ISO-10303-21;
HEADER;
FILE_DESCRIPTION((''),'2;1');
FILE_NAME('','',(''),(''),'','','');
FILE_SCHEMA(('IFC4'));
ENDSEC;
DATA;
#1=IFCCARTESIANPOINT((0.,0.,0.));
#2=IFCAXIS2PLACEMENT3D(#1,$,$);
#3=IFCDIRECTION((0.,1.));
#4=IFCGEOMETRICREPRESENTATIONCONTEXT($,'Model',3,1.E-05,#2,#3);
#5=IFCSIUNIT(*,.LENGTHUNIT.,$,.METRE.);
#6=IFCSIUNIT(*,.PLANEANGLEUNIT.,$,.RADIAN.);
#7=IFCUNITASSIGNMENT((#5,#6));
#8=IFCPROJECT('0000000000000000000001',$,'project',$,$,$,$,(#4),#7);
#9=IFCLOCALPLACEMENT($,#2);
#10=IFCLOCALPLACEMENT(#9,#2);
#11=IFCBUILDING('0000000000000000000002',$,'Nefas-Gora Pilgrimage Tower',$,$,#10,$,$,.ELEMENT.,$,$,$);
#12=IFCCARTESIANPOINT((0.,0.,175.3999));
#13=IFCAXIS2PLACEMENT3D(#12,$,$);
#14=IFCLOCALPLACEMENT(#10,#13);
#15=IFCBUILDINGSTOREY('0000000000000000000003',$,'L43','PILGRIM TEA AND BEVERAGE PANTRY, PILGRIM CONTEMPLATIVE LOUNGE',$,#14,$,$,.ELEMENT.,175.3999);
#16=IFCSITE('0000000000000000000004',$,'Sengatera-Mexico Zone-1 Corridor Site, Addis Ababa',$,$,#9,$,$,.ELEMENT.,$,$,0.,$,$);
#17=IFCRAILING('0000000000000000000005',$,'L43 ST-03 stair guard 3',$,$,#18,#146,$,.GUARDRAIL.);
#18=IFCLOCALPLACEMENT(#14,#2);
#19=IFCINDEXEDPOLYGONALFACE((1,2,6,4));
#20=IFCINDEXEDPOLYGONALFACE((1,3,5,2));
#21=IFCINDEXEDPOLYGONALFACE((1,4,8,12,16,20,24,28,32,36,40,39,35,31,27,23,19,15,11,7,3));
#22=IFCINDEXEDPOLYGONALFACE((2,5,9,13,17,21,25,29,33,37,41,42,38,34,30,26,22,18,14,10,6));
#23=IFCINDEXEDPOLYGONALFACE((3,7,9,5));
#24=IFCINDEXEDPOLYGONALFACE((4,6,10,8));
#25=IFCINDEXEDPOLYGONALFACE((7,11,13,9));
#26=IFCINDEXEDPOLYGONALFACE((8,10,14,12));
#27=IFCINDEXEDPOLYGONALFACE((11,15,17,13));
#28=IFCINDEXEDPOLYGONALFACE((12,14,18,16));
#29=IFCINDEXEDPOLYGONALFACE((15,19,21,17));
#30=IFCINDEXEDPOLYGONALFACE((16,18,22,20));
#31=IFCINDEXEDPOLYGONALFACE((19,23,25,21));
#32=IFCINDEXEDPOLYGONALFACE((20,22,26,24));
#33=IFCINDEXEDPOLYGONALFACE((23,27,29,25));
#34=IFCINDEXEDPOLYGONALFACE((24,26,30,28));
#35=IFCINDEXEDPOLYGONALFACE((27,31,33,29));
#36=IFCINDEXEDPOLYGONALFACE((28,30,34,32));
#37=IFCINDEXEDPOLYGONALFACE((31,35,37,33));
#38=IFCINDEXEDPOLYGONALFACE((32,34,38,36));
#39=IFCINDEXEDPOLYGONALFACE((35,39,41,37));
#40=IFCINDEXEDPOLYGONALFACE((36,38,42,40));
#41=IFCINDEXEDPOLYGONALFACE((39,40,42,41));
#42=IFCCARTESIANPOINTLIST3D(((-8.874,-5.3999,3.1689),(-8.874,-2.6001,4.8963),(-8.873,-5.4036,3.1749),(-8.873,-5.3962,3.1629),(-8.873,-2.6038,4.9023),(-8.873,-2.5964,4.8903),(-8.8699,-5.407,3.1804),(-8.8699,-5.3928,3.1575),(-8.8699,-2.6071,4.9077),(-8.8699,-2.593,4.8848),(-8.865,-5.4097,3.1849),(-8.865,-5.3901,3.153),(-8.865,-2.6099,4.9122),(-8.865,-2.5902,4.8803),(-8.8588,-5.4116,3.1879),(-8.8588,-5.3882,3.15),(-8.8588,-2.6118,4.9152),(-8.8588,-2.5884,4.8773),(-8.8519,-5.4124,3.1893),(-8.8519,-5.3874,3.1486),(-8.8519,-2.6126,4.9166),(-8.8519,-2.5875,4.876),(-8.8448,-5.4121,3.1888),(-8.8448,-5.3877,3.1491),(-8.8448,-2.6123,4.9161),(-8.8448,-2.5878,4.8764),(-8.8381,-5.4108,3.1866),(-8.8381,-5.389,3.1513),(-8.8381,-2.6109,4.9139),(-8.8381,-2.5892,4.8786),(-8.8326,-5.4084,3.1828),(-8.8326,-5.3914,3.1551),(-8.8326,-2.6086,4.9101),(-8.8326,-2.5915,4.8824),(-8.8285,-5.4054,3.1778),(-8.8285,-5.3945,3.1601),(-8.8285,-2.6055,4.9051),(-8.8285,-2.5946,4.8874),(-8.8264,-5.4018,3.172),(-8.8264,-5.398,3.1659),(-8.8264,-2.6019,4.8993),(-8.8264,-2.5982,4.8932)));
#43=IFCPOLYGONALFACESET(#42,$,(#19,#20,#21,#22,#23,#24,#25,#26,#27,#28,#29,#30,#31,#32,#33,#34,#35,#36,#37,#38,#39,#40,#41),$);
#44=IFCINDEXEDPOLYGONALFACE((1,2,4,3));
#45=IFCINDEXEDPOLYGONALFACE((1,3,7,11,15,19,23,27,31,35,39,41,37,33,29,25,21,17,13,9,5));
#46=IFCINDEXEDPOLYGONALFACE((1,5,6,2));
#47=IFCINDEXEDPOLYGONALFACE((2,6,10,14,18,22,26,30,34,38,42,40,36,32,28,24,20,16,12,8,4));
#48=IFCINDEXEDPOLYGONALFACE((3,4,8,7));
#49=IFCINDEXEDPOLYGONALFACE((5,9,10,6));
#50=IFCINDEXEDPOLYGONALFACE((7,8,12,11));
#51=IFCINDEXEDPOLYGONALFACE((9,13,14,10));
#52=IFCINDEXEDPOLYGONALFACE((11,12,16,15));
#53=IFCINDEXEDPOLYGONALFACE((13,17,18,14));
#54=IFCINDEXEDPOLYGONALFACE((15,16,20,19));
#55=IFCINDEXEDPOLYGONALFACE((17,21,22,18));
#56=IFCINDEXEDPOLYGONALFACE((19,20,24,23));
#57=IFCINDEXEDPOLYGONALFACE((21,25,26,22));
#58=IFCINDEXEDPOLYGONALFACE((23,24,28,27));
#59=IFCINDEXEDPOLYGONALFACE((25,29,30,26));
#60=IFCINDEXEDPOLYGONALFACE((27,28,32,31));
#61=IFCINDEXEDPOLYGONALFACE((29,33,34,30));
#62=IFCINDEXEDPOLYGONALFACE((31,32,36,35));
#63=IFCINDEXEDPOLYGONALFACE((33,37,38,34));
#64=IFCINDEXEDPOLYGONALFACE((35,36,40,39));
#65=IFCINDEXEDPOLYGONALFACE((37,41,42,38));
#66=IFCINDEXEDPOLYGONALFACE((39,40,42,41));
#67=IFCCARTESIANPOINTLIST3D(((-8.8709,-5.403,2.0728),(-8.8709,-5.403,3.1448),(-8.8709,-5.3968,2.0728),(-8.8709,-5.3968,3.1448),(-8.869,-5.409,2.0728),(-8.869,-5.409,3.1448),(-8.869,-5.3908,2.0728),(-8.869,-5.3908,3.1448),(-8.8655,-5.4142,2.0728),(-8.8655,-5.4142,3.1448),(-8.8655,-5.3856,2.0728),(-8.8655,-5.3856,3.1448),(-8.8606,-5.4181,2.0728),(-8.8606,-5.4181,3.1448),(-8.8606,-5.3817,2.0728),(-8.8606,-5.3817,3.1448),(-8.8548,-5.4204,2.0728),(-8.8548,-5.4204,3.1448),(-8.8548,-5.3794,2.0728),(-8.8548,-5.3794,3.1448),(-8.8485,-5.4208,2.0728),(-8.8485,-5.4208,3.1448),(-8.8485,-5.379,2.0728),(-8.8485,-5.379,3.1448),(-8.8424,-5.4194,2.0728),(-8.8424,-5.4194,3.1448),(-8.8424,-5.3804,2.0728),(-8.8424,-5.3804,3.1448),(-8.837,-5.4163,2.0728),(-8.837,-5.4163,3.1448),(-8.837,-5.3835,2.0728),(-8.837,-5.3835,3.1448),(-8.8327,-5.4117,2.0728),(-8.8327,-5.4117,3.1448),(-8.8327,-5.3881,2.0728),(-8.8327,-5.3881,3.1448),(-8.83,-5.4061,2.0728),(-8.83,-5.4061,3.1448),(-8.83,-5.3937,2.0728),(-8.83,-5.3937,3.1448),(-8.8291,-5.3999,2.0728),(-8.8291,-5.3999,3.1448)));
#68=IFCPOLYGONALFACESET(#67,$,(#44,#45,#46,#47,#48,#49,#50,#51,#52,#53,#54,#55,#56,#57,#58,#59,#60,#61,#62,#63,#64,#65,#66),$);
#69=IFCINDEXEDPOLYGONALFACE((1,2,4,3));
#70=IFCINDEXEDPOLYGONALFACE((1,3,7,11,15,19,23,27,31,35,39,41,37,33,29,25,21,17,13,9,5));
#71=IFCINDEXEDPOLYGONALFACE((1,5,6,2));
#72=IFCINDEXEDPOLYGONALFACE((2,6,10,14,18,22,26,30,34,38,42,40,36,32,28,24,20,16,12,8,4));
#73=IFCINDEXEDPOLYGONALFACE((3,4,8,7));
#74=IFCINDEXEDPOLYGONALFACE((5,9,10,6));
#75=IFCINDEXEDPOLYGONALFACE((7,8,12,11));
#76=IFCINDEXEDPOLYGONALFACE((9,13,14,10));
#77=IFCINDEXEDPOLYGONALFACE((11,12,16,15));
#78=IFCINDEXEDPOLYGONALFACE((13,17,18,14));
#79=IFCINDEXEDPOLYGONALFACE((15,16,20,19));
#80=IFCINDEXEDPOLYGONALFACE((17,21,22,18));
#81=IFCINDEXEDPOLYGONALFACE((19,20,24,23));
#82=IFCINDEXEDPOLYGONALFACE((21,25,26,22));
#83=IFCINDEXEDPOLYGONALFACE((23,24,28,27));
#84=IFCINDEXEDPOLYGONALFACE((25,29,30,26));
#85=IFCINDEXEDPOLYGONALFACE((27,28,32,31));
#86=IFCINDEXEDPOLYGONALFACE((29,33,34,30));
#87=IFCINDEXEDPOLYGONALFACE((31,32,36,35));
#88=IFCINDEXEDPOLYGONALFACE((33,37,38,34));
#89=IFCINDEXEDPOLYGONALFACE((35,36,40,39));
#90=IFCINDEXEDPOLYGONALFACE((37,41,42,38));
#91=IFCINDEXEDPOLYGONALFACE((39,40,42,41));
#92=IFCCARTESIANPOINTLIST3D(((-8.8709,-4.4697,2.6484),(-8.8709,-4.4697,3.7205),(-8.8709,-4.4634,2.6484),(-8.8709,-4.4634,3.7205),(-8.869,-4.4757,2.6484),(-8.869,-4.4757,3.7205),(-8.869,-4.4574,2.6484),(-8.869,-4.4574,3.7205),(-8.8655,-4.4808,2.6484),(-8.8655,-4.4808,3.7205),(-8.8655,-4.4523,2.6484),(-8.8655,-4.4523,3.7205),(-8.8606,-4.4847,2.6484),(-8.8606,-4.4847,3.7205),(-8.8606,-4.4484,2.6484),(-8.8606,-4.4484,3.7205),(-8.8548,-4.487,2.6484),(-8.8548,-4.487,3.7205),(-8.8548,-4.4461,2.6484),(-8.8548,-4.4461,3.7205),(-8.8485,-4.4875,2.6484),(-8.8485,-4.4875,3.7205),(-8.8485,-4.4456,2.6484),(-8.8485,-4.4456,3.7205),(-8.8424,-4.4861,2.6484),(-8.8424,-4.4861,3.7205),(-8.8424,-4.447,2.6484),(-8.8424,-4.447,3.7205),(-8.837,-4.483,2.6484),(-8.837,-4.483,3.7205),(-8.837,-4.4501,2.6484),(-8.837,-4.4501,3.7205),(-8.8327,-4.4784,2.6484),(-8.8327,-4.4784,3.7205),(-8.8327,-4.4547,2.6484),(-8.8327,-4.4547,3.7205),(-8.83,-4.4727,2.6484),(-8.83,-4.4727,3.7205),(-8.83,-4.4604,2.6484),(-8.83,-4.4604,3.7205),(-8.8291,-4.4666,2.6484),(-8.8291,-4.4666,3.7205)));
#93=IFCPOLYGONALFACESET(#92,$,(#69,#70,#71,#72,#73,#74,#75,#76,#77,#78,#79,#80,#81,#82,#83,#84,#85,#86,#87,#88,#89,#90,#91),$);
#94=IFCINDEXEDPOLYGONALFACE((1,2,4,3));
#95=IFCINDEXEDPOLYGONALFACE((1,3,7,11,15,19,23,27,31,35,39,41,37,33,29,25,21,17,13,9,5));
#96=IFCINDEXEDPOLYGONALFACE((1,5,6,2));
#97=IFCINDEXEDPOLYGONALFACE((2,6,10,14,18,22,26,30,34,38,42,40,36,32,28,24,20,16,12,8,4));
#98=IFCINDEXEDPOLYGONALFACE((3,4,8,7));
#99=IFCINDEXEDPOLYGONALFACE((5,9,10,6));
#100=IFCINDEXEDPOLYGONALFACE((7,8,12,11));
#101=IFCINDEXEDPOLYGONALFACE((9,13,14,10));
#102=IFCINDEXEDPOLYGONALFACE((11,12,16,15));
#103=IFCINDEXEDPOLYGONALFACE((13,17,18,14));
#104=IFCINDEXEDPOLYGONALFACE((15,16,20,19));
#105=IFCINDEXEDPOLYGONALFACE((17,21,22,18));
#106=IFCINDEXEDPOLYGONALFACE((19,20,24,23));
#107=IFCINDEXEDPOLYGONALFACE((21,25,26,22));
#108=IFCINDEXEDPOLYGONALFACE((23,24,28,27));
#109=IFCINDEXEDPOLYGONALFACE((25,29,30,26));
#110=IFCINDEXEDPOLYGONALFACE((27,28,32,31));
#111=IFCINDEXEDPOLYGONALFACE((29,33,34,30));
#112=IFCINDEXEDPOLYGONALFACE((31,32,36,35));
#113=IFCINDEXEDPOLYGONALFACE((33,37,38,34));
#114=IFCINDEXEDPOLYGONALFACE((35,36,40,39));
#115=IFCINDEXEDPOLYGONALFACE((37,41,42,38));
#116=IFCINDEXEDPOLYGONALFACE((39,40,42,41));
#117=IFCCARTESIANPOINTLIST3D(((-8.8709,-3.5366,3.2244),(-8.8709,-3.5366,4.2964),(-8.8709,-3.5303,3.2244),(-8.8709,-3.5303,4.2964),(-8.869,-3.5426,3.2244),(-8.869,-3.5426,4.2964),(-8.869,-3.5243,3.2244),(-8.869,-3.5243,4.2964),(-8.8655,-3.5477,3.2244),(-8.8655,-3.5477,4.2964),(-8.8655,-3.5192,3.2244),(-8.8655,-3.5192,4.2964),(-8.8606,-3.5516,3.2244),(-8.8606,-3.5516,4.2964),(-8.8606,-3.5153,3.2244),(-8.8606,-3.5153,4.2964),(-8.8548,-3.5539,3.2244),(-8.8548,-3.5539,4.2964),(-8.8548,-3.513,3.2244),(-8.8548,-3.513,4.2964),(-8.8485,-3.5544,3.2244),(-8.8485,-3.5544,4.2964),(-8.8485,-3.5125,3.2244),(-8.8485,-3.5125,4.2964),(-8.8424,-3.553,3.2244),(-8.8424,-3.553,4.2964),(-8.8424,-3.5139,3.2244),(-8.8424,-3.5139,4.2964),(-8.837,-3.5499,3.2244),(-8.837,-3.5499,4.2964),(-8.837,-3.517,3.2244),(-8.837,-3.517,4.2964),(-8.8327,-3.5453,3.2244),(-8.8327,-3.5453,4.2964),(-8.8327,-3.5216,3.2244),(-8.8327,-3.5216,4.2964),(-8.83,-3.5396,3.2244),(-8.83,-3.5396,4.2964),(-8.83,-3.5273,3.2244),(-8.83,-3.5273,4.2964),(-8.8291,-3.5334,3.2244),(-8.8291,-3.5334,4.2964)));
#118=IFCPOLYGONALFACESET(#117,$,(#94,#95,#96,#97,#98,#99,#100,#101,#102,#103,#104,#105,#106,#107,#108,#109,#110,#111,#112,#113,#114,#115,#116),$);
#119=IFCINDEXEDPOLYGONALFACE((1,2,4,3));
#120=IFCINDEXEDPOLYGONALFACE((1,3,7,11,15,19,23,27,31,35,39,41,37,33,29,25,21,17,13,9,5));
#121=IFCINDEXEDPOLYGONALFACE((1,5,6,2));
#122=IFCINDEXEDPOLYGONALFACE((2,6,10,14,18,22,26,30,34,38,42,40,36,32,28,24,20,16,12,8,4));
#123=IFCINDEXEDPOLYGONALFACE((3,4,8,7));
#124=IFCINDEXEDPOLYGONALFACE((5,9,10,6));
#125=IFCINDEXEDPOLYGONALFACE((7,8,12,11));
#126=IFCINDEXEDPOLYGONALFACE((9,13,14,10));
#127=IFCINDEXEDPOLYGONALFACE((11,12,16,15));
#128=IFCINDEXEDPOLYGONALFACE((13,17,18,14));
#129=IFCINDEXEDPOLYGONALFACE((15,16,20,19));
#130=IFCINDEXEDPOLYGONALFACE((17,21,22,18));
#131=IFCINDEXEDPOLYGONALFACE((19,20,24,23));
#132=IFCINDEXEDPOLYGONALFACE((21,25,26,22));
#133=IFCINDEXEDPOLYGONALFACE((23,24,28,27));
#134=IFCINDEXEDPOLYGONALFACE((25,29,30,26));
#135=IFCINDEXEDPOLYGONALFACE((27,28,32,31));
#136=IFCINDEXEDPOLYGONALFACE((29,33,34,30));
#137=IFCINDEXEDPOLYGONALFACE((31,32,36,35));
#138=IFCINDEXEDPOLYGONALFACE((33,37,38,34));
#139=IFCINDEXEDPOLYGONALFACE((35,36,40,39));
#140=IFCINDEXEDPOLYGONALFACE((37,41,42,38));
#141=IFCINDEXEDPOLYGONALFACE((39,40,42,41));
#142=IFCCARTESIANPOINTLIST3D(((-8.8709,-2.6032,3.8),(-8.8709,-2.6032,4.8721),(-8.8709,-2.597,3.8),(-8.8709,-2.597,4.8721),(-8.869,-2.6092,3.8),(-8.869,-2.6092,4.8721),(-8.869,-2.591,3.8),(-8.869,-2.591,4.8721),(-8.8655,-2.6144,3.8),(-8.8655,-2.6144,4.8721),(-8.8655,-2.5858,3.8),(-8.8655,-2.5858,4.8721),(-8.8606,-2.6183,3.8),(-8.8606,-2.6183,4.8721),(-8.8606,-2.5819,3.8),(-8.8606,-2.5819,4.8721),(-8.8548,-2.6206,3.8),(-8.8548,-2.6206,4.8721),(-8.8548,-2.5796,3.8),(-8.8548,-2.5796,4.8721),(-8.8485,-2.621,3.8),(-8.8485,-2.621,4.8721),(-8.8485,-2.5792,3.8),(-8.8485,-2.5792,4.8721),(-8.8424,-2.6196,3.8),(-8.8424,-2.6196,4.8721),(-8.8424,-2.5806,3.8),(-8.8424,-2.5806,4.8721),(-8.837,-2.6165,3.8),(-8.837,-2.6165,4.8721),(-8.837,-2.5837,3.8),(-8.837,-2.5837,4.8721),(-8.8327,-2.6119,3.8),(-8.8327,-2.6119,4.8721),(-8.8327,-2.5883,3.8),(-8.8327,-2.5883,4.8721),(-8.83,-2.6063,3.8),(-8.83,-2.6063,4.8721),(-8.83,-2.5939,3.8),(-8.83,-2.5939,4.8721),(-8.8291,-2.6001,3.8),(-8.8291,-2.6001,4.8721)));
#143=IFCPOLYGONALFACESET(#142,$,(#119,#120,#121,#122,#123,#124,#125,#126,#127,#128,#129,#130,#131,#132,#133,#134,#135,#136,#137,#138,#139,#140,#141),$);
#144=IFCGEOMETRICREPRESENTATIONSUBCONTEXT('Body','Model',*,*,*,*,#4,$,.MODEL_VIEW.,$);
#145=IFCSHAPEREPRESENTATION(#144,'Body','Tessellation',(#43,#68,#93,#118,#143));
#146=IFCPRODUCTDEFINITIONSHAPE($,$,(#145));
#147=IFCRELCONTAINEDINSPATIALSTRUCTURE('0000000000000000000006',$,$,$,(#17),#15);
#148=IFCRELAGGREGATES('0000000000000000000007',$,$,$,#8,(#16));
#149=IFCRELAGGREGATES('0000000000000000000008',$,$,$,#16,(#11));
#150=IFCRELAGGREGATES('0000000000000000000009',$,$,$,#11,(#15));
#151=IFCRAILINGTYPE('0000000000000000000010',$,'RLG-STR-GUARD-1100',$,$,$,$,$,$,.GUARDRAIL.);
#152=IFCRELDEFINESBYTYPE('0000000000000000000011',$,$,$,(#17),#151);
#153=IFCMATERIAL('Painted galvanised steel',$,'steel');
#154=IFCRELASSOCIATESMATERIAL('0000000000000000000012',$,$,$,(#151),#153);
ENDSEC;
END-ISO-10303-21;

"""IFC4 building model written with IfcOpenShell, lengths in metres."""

from ifc_helpers import new_model, si_unit, direction, frame, origin, origin_2d, place, context, subcontext, project, spatial, circle, extrude, material, type_object, element, save


model = new_model("IFC4")

# Units and contexts
model_context = context("Model", 3, precision=1e-05, world=origin(), true_north=direction((0.0, 1.0)))
body_context = subcontext(model_context, "Body", "Model", "MODEL_VIEW")
ifc_project = project(units=[si_unit("LENGTHUNIT", "METRE"), si_unit("PLANEANGLEUNIT", "RADIAN")], contexts=[model_context])

# Site, building, storey
site_placement = place(None, origin())
site = spatial("IfcSite", under=ifc_project, at=site_placement, Name="Sengatera-Mexico Zone-1 Corridor Site, Addis Ababa", CompositionType="ELEMENT", RefElevation=0.0)
building_placement = place(site_placement, origin())
building = spatial("IfcBuilding", under=site, at=building_placement, Name="Nefas-Gora Pilgrimage Tower", CompositionType="ELEMENT")
storey_placement = place(building_placement, frame((0.0, 0.0, 175.3999)))
storey = spatial("IfcBuildingStorey", under=building, at=storey_placement, Name="L43", Description="PILGRIM TEA AND BEVERAGE PANTRY, PILGRIM CONTEMPLATIVE LOUNGE", CompositionType="ELEMENT", Elevation=175.3999)

# Railing
ifc_material_1 = material(Name="Painted galvanised steel", Category="steel")
railing_type_1 = type_object("IfcRailingType", Name="RLG-STR-GUARD-1100", PredefinedType="GUARDRAIL", material=ifc_material_1)
railing_1_placement = place(storey_placement, frame((-8.8501, -5.3999, 2.0728)))
element("IfcRailing", 1, at=railing_1_placement, inside=storey, type_object=railing_type_1, Name="L43 ST-03 stair guard 3", PredefinedType="GUARDRAIL", context=body_context, shape_type="SweptSolid", body=[
    extrude(circle(Radius=0.0239, at=origin_2d()), frame((0.0, 0.0, 1.0962), z_axis=(0.0, 0.851069, 0.525054), x_axis=(-1.0, 0.0, 0.0)), (0.0, 0.0, 1.0), 3.2898),
    extrude(circle(Radius=0.021, at=origin_2d()), origin(), (0.0, 0.0, 1.0), 1.072),
    extrude(circle(Radius=0.021, at=origin_2d()), frame((0.0, 0.9333, 0.5757)), (0.0, 0.0, 1.0), 1.072),
    extrude(circle(Radius=0.021, at=origin_2d()), frame((0.0, 1.8665, 1.1516)), (0.0, 0.0, 1.0), 1.072),
    extrude(circle(Radius=0.021, at=origin_2d()), frame((0.0, 2.7998, 1.7273)), (0.0, 0.0, 1.0), 1.072),
])

save(model, "model.ifc")
